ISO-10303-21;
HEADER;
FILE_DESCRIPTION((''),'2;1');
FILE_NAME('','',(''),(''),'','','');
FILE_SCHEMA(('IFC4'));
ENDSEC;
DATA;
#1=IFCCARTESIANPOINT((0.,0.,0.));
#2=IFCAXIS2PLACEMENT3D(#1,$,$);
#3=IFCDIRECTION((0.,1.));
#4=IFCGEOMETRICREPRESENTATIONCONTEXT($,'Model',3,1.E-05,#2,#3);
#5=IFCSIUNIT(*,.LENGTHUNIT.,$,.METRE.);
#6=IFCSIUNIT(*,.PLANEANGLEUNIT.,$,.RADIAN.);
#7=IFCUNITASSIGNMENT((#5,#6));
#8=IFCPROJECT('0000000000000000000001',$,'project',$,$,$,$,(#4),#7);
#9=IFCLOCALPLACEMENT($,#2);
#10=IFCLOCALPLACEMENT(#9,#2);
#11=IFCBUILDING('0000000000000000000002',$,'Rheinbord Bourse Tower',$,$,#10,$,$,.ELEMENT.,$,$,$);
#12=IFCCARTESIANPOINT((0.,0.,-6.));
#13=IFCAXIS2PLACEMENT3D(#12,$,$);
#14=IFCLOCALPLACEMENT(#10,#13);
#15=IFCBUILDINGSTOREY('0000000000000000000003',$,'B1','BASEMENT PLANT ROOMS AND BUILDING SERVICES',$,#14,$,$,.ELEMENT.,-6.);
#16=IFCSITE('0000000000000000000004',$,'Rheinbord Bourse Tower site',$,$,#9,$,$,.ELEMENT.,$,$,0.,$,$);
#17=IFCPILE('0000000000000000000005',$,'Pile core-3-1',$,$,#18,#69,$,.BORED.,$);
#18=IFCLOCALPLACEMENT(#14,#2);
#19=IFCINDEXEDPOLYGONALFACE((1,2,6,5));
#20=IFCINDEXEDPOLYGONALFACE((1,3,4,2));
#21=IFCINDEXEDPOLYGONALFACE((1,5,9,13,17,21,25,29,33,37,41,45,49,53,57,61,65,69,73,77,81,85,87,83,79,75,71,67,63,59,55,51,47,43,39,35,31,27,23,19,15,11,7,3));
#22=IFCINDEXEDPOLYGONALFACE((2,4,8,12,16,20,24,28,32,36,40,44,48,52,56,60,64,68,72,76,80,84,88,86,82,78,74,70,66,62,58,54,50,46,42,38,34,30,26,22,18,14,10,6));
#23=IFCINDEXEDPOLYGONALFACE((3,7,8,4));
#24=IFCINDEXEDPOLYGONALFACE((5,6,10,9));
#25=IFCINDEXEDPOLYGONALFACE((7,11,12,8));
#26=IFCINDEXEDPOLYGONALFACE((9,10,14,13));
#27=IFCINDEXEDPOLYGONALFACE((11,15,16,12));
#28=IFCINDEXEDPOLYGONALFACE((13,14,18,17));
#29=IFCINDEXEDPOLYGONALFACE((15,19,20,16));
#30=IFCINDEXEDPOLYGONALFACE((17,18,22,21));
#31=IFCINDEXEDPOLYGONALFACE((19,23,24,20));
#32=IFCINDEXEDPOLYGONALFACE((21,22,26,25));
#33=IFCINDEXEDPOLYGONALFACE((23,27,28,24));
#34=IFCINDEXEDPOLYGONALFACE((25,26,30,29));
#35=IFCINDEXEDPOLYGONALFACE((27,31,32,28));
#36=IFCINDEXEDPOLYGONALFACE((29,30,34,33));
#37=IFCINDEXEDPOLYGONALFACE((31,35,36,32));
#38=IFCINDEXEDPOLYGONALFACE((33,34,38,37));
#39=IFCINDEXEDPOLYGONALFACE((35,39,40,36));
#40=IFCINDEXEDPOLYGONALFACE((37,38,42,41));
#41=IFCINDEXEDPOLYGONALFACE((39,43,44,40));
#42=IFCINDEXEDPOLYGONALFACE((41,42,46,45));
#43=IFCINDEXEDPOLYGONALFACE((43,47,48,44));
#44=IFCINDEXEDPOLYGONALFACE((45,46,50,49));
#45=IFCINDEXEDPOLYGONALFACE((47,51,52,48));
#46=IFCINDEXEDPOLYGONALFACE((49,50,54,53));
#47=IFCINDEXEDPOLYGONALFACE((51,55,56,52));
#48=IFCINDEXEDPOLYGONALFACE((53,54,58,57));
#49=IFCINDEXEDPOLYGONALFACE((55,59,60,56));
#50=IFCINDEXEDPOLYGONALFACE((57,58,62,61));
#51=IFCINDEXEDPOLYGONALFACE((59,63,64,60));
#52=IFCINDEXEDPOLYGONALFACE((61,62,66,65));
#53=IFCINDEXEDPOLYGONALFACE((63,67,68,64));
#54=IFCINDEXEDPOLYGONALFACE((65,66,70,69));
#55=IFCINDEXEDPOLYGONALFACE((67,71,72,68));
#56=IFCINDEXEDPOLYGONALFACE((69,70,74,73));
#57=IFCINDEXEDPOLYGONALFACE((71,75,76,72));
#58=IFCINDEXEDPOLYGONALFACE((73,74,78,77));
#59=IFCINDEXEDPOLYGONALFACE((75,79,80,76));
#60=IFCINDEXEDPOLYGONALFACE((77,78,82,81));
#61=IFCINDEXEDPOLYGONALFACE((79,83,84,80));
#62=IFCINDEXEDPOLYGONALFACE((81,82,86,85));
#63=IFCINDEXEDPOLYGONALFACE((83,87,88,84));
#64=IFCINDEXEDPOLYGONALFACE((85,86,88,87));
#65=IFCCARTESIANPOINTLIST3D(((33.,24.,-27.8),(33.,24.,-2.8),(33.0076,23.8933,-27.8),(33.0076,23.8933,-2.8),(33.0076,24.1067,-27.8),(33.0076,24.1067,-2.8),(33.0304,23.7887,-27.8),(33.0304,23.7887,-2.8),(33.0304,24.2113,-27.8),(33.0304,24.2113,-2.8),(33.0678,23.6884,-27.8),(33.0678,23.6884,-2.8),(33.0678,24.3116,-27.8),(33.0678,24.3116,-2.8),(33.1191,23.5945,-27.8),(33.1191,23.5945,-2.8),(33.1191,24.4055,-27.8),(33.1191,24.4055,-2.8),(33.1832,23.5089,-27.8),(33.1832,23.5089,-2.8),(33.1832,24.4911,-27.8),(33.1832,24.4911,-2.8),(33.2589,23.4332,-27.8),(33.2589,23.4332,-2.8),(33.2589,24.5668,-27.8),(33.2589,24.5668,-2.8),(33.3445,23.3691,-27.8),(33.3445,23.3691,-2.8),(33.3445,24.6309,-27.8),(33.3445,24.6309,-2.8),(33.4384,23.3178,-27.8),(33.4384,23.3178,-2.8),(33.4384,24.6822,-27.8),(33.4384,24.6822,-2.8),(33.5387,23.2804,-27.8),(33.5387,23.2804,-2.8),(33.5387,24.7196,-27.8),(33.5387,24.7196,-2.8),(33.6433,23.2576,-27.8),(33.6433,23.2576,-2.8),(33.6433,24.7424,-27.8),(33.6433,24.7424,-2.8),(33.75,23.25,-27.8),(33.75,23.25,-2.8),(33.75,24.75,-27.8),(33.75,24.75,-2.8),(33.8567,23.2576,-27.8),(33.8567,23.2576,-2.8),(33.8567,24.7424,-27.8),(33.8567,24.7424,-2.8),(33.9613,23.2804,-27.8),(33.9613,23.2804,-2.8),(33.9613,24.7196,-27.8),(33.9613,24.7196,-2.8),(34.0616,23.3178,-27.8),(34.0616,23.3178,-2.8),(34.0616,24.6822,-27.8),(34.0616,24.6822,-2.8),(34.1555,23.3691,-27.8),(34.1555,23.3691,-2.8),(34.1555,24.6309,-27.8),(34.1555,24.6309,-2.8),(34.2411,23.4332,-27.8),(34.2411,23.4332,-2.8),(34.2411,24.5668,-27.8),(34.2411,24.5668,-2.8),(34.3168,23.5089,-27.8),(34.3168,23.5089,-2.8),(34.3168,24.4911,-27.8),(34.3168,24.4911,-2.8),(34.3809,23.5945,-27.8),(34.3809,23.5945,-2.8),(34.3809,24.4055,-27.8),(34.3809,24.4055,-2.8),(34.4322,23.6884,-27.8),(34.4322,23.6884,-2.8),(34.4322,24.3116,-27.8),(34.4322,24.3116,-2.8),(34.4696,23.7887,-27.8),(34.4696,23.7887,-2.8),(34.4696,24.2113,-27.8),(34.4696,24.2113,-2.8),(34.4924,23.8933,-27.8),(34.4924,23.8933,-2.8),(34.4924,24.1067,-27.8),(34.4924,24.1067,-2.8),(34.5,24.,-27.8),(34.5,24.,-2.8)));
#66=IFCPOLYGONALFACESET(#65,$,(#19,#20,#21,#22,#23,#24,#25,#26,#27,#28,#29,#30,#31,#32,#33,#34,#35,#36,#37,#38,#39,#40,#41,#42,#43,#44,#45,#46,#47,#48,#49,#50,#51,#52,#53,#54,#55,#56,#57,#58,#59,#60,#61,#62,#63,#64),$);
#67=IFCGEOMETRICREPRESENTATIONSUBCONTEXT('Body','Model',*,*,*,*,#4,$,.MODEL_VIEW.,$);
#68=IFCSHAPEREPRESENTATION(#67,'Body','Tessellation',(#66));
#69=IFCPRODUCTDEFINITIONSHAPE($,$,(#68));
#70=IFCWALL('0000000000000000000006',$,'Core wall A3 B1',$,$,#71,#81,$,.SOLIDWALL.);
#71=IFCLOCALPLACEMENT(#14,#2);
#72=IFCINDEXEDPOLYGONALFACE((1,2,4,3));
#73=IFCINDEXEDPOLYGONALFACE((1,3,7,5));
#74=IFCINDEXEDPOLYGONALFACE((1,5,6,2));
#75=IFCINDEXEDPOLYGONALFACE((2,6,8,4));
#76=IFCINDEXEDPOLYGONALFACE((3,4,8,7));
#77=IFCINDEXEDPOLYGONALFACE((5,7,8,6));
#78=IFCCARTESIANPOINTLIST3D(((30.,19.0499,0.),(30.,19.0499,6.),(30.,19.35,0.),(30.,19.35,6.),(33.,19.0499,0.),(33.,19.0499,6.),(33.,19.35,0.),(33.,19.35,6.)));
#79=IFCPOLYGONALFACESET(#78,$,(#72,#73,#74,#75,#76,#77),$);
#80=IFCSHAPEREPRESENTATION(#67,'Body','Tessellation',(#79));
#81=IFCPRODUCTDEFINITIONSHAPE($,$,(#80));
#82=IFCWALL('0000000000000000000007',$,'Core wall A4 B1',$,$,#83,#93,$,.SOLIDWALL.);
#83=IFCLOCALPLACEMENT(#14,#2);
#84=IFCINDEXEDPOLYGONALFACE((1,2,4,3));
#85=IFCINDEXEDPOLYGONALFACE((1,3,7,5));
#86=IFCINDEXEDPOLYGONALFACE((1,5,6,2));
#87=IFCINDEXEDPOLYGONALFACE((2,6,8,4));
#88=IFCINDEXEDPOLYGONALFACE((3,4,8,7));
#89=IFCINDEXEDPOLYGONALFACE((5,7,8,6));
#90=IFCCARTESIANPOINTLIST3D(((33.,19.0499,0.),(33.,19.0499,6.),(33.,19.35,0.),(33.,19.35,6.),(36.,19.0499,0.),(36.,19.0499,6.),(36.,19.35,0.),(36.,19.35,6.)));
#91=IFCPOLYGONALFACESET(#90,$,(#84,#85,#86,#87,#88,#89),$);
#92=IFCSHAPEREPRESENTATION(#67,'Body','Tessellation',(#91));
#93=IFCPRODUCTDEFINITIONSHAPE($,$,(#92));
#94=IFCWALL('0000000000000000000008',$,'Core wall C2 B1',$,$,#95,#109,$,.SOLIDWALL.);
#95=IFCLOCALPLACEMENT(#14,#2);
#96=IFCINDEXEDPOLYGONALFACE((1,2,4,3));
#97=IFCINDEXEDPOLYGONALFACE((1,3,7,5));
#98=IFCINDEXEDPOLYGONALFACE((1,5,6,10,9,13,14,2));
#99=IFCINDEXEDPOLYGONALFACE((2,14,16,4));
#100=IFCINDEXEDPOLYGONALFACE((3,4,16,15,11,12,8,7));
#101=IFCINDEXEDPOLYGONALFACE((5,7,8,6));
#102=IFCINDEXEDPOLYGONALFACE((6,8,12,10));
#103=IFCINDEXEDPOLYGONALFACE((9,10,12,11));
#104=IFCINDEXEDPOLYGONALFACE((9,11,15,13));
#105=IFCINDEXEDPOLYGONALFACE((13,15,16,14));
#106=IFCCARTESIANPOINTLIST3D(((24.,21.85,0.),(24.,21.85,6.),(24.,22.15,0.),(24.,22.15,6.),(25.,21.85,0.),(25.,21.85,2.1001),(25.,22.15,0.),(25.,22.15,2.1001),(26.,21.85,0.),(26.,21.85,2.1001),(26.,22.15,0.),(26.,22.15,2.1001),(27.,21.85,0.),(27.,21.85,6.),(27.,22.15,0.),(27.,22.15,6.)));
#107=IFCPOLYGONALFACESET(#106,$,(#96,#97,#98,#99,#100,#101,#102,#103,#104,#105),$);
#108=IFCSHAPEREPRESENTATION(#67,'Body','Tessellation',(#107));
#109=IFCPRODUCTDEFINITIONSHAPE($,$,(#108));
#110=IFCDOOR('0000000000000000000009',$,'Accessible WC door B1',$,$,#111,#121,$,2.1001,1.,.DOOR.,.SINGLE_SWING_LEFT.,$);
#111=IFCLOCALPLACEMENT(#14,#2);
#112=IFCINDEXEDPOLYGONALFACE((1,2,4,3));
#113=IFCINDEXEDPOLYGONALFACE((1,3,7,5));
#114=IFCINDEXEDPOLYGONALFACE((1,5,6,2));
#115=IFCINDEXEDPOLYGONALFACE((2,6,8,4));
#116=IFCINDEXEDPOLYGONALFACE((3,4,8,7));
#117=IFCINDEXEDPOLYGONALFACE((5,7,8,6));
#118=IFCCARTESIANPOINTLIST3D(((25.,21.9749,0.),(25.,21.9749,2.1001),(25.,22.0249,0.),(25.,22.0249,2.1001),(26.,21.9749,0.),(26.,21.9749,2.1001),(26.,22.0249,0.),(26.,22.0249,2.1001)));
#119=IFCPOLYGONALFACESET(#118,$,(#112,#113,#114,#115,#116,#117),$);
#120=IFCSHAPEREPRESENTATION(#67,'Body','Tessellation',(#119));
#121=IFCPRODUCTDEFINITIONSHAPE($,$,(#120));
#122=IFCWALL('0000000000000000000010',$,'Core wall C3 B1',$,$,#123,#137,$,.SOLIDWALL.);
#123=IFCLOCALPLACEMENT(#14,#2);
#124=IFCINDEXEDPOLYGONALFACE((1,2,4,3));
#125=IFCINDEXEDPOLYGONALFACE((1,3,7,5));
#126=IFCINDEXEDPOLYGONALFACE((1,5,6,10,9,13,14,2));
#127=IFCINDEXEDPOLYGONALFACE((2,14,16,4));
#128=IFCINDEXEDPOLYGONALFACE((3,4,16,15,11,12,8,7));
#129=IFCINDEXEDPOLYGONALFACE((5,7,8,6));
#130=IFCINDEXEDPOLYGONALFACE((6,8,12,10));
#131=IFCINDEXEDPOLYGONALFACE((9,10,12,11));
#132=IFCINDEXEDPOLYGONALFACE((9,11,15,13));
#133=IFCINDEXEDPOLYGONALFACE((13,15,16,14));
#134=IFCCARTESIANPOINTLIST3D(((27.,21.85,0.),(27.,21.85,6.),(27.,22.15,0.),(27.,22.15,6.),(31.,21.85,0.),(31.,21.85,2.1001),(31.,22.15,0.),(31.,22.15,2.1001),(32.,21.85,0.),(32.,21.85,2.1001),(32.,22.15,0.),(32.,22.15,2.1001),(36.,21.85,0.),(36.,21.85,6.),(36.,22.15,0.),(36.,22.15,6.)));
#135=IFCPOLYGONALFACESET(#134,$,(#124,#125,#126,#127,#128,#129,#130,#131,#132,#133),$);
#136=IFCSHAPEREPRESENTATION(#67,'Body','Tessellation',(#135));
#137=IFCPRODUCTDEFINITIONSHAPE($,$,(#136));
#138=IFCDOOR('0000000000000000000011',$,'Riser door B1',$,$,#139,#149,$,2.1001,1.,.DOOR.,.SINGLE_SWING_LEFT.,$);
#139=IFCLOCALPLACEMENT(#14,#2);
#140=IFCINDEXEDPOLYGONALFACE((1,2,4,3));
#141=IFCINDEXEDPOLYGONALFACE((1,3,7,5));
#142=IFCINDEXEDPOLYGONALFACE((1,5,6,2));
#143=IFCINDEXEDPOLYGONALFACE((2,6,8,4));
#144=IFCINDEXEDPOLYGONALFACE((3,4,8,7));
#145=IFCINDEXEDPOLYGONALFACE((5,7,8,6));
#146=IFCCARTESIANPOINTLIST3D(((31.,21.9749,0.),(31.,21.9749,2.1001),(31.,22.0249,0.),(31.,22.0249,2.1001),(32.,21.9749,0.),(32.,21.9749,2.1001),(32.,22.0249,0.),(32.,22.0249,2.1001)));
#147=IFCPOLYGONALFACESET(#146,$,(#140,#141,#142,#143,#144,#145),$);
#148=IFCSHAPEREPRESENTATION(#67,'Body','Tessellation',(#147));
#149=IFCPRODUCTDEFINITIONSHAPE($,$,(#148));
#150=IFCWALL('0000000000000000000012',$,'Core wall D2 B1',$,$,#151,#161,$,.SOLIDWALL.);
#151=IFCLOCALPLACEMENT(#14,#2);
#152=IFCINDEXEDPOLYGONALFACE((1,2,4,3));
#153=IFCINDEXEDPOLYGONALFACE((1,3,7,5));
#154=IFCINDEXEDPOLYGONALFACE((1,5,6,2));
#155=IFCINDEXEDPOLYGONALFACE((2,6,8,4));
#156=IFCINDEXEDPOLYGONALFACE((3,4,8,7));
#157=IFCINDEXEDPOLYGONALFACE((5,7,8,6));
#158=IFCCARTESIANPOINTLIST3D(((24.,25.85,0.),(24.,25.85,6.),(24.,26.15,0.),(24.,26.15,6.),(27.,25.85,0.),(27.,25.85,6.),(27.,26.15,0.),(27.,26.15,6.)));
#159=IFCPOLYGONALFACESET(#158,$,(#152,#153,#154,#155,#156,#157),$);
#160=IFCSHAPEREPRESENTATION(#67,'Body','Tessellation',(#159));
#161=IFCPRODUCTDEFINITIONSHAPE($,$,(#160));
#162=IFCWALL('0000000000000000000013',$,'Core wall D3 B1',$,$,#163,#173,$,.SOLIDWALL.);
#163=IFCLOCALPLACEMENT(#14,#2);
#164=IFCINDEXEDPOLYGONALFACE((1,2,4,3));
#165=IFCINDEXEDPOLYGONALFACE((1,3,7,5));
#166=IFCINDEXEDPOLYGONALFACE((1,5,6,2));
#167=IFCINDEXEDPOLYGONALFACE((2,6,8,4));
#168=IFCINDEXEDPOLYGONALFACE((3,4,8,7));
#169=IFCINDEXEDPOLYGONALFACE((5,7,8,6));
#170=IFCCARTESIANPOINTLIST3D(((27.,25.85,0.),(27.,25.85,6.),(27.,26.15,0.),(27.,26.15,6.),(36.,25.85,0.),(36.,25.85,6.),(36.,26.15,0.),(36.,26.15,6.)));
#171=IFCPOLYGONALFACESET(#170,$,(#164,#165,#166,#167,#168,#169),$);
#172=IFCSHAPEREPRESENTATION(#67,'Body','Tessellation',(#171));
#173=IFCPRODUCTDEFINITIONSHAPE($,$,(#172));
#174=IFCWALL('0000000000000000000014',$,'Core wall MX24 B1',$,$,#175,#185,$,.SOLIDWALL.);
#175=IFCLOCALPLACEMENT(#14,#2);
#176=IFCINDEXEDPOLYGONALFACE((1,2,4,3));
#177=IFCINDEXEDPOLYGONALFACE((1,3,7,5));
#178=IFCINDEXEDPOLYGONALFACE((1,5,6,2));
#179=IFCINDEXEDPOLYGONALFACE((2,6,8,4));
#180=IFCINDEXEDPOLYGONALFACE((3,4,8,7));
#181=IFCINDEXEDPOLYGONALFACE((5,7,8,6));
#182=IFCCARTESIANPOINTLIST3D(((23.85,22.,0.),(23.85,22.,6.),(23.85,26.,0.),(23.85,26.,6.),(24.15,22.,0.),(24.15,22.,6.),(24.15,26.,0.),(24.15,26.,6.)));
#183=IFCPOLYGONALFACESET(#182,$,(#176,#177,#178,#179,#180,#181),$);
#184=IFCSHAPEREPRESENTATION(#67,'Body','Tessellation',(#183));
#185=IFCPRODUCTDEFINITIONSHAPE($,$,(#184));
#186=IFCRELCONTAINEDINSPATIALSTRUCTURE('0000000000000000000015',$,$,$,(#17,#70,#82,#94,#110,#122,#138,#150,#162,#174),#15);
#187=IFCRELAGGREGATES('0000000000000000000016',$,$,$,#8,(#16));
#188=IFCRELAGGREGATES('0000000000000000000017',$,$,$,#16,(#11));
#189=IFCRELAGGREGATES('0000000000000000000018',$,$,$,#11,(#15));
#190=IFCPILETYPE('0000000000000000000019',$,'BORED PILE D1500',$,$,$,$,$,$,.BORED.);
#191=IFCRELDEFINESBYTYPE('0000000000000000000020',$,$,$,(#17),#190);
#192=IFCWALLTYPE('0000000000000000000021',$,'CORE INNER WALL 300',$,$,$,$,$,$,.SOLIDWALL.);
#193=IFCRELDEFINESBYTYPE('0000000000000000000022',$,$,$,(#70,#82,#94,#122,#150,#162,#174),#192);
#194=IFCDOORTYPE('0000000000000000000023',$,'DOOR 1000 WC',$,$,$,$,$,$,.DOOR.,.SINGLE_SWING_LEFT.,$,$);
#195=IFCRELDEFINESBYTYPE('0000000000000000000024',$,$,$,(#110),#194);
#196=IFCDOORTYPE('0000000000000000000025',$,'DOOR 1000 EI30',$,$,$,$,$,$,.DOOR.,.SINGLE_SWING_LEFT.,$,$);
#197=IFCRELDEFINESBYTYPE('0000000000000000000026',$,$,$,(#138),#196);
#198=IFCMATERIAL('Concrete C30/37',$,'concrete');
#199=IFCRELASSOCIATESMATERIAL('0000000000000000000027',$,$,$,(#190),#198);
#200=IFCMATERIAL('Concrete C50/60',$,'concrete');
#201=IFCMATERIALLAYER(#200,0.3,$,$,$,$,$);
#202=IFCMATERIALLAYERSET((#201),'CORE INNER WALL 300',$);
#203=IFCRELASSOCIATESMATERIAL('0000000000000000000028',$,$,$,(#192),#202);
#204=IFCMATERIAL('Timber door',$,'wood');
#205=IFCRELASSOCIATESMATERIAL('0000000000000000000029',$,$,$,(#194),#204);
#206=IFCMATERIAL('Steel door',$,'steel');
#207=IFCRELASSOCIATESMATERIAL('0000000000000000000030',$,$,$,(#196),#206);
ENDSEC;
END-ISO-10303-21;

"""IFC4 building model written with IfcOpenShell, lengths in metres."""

from ifc_helpers import new_model, si_unit, direction, frame, frame_2d, origin, origin_2d, place, context, subcontext, project, spatial, rectangle, circle, extrude, material, layer, layer_set, material_profile, profile_set, type_object, element, fill, save


model = new_model("IFC4")

# Units and contexts
model_context = context("Model", 3, precision=1e-05, world=origin(), true_north=direction((0.0, 1.0)))
body_context = subcontext(model_context, "Body", "Model", "MODEL_VIEW")
ifc_project = project(units=[si_unit("LENGTHUNIT", "METRE"), si_unit("PLANEANGLEUNIT", "RADIAN")], contexts=[model_context])

# Site, building, storey
site_placement = place(None, origin())
site = spatial("IfcSite", under=ifc_project, at=site_placement, Name="Rheinbord Bourse Tower site", CompositionType="ELEMENT", RefElevation=0.0)
building_placement = place(site_placement, origin())
building = spatial("IfcBuilding", under=site, at=building_placement, Name="Rheinbord Bourse Tower", CompositionType="ELEMENT")
storey_placement = place(building_placement, frame((0.0, 0.0, -6.0)))
storey = spatial("IfcBuildingStorey", under=building, at=storey_placement, Name="B1", Description="BASEMENT PLANT ROOMS AND BUILDING SERVICES", CompositionType="ELEMENT", Elevation=-6.0)

# Pile
ifc_material_1 = material(Name="Concrete C30/37", Category="concrete")
ifc_material_profile = material_profile(ifc_material_1, circle(Radius=0.75, at=origin_2d()), Name="D1500")
ifc_profile_set = profile_set([ifc_material_profile], Name="Concrete C30/37")
pile_type = type_object("IfcPileType", Name="BORED PILE D1500", PredefinedType="BORED", material=ifc_profile_set)
for number, where, z_axis, x_axis, name in (
    (1, (33.75, 24.0, -2.8), (0.0, 0.0, -1.0), (1.0, 0.0, 0.0), "Pile core-3-1"),
):
    element("IfcPile", number, at=place(storey_placement, frame(where, z_axis=z_axis, x_axis=x_axis)), inside=storey, type_object=pile_type, Name=name, PredefinedType="BORED", context=body_context, shape_type="SweptSolid", body=[
        extrude(circle(Radius=0.75, at=origin_2d()), origin(), (0.0, 0.0, 1.0), 25.0),
    ])

# Walls
ifc_material_2 = material(Name="Concrete C50/60", Category="concrete")
ifc_layer = layer(ifc_material_2, 0.3)
ifc_layer_set = layer_set([ifc_layer], Name="CORE INNER WALL 300")
wall_type = type_object("IfcWallType", Name="CORE INNER WALL 300", PredefinedType="SOLIDWALL", material=ifc_layer_set)
for number, where, z_axis, x_axis, name in (
    (2, (30.0, 19.2, 0.0), (0.0, 0.0, 1.0), (1.0, 0.0, 0.0), "Core wall A3 B1"),
    (3, (33.0, 19.2, 0.0), (0.0, 0.0, 1.0), (1.0, 0.0, 0.0), "Core wall A4 B1"),
):
    element("IfcWall", number, at=place(storey_placement, frame(where, z_axis=z_axis, x_axis=x_axis)), inside=storey, type_object=wall_type, Name=name, PredefinedType="SOLIDWALL", context=body_context, shape_type="SweptSolid", body=[
        extrude(rectangle(XDim=3.0, YDim=0.3, at=frame_2d((1.5, 0.0))), origin(), (0.0, 0.0, 1.0), 6.0),
    ])

# Walls, openings, doors
wall_1_placement = place(storey_placement, frame((24.0, 22.0, 0.0), z_axis=(0.0, 0.0, 1.0), x_axis=(1.0, 0.0, 0.0)))
wall_1 = element("IfcWall", 4, at=wall_1_placement, inside=storey, type_object=wall_type, Name="Core wall C2 B1", PredefinedType="SOLIDWALL", context=body_context, shape_type="SweptSolid", body=[
    extrude(rectangle(XDim=3.0, YDim=0.3, at=frame_2d((1.5, 0.0))), origin(), (0.0, 0.0, 1.0), 6.0),
])
opening_1_placement = place(wall_1_placement, frame((1.0, 0.0, 0.0)))
opening_1 = element("IfcOpeningElement", 5, at=opening_1_placement, cuts=wall_1, PredefinedType="OPENING", context=body_context, shape_type="SweptSolid", body=[
    extrude(rectangle(XDim=1.0, YDim=2.1001, at=frame_2d((0.5, 1.05))), frame((0.0, 0.1599, 0.0), z_axis=(0.0, -1.0, 0.0), x_axis=(1.0, 0.0, 0.0)), (0.0, 0.0, 1.0), 0.3201),
])
ifc_material_3 = material(Name="Timber door", Category="wood")
door_type_1 = type_object("IfcDoorType", Name="DOOR 1000 WC", OperationType="SINGLE_SWING_LEFT", PredefinedType="DOOR", material=ifc_material_3)
door_1_placement = place(opening_1_placement, origin())
door_1 = element("IfcDoor", 6, at=door_1_placement, inside=storey, type_object=door_type_1, Name="Accessible WC door B1", OperationType="SINGLE_SWING_LEFT", OverallHeight=2.1001, OverallWidth=1.0, PredefinedType="DOOR", context=body_context, shape_type="SweptSolid", body=[
    extrude(rectangle(XDim=1.0, YDim=2.1001, at=frame_2d((0.5, 1.05))), frame((0.0, 0.0249, 0.0), z_axis=(0.0, -1.0, 0.0), x_axis=(1.0, 0.0, 0.0)), (0.0, 0.0, 1.0), 0.05),
])
fill(opening_1, door_1)
wall_2_placement = place(storey_placement, frame((27.0, 22.0, 0.0), z_axis=(0.0, 0.0, 1.0), x_axis=(1.0, 0.0, 0.0)))
wall_2 = element("IfcWall", 7, at=wall_2_placement, inside=storey, type_object=wall_type, Name="Core wall C3 B1", PredefinedType="SOLIDWALL", context=body_context, shape_type="SweptSolid", body=[
    extrude(rectangle(XDim=9.0, YDim=0.3, at=frame_2d((4.5, 0.0))), origin(), (0.0, 0.0, 1.0), 6.0),
])
opening_2_placement = place(wall_2_placement, frame((4.0, 0.0, 0.0)))
opening_2 = element("IfcOpeningElement", 8, at=opening_2_placement, cuts=wall_2, PredefinedType="OPENING", context=body_context, shape_type="SweptSolid", body=[
    extrude(rectangle(XDim=1.0, YDim=2.1001, at=frame_2d((0.5, 1.05))), frame((0.0, 0.1599, 0.0), z_axis=(0.0, -1.0, 0.0), x_axis=(1.0, 0.0, 0.0)), (0.0, 0.0, 1.0), 0.3201),
])
ifc_material_4 = material(Name="Steel door", Category="steel")
door_type_2 = type_object("IfcDoorType", Name="DOOR 1000 EI30", OperationType="SINGLE_SWING_LEFT", PredefinedType="DOOR", material=ifc_material_4)
door_2_placement = place(opening_2_placement, origin())
door_2 = element("IfcDoor", 9, at=door_2_placement, inside=storey, type_object=door_type_2, Name="Riser door B1", OperationType="SINGLE_SWING_LEFT", OverallHeight=2.1001, OverallWidth=1.0, PredefinedType="DOOR", context=body_context, shape_type="SweptSolid", body=[
    extrude(rectangle(XDim=1.0, YDim=2.1001, at=frame_2d((0.5, 1.05))), frame((0.0, 0.0249, 0.0), z_axis=(0.0, -1.0, 0.0), x_axis=(1.0, 0.0, 0.0)), (0.0, 0.0, 1.0), 0.05),
])
fill(opening_2, door_2)

# Walls
wall_3_placement = place(storey_placement, frame((24.0, 26.0, 0.0), z_axis=(0.0, 0.0, 1.0), x_axis=(1.0, 0.0, 0.0)))
element("IfcWall", 10, at=wall_3_placement, inside=storey, type_object=wall_type, Name="Core wall D2 B1", PredefinedType="SOLIDWALL", context=body_context, shape_type="SweptSolid", body=[
    extrude(rectangle(XDim=3.0, YDim=0.3, at=frame_2d((1.5, 0.0))), origin(), (0.0, 0.0, 1.0), 6.0),
])
wall_4_placement = place(storey_placement, frame((27.0, 26.0, 0.0), z_axis=(0.0, 0.0, 1.0), x_axis=(1.0, 0.0, 0.0)))
element("IfcWall", 11, at=wall_4_placement, inside=storey, type_object=wall_type, Name="Core wall D3 B1", PredefinedType="SOLIDWALL", context=body_context, shape_type="SweptSolid", body=[
    extrude(rectangle(XDim=9.0, YDim=0.3, at=frame_2d((4.5, 0.0))), origin(), (0.0, 0.0, 1.0), 6.0),
])
for number, where, z_axis, x_axis, name in (
    (12, (24.0, 22.0, 0.0), (0.0, 0.0, 1.0), (0.0, 1.0, 0.0), "Core wall MX24 B1"),
):
    element("IfcWall", number, at=place(storey_placement, frame(where, z_axis=z_axis, x_axis=x_axis)), inside=storey, type_object=wall_type, Name=name, PredefinedType="SOLIDWALL", context=body_context, shape_type="SweptSolid", body=[
        extrude(rectangle(XDim=4.0, YDim=0.3, at=frame_2d((2.0, 0.0))), origin(), (0.0, 0.0, 1.0), 6.0),
    ])

save(model, "model.ifc")
